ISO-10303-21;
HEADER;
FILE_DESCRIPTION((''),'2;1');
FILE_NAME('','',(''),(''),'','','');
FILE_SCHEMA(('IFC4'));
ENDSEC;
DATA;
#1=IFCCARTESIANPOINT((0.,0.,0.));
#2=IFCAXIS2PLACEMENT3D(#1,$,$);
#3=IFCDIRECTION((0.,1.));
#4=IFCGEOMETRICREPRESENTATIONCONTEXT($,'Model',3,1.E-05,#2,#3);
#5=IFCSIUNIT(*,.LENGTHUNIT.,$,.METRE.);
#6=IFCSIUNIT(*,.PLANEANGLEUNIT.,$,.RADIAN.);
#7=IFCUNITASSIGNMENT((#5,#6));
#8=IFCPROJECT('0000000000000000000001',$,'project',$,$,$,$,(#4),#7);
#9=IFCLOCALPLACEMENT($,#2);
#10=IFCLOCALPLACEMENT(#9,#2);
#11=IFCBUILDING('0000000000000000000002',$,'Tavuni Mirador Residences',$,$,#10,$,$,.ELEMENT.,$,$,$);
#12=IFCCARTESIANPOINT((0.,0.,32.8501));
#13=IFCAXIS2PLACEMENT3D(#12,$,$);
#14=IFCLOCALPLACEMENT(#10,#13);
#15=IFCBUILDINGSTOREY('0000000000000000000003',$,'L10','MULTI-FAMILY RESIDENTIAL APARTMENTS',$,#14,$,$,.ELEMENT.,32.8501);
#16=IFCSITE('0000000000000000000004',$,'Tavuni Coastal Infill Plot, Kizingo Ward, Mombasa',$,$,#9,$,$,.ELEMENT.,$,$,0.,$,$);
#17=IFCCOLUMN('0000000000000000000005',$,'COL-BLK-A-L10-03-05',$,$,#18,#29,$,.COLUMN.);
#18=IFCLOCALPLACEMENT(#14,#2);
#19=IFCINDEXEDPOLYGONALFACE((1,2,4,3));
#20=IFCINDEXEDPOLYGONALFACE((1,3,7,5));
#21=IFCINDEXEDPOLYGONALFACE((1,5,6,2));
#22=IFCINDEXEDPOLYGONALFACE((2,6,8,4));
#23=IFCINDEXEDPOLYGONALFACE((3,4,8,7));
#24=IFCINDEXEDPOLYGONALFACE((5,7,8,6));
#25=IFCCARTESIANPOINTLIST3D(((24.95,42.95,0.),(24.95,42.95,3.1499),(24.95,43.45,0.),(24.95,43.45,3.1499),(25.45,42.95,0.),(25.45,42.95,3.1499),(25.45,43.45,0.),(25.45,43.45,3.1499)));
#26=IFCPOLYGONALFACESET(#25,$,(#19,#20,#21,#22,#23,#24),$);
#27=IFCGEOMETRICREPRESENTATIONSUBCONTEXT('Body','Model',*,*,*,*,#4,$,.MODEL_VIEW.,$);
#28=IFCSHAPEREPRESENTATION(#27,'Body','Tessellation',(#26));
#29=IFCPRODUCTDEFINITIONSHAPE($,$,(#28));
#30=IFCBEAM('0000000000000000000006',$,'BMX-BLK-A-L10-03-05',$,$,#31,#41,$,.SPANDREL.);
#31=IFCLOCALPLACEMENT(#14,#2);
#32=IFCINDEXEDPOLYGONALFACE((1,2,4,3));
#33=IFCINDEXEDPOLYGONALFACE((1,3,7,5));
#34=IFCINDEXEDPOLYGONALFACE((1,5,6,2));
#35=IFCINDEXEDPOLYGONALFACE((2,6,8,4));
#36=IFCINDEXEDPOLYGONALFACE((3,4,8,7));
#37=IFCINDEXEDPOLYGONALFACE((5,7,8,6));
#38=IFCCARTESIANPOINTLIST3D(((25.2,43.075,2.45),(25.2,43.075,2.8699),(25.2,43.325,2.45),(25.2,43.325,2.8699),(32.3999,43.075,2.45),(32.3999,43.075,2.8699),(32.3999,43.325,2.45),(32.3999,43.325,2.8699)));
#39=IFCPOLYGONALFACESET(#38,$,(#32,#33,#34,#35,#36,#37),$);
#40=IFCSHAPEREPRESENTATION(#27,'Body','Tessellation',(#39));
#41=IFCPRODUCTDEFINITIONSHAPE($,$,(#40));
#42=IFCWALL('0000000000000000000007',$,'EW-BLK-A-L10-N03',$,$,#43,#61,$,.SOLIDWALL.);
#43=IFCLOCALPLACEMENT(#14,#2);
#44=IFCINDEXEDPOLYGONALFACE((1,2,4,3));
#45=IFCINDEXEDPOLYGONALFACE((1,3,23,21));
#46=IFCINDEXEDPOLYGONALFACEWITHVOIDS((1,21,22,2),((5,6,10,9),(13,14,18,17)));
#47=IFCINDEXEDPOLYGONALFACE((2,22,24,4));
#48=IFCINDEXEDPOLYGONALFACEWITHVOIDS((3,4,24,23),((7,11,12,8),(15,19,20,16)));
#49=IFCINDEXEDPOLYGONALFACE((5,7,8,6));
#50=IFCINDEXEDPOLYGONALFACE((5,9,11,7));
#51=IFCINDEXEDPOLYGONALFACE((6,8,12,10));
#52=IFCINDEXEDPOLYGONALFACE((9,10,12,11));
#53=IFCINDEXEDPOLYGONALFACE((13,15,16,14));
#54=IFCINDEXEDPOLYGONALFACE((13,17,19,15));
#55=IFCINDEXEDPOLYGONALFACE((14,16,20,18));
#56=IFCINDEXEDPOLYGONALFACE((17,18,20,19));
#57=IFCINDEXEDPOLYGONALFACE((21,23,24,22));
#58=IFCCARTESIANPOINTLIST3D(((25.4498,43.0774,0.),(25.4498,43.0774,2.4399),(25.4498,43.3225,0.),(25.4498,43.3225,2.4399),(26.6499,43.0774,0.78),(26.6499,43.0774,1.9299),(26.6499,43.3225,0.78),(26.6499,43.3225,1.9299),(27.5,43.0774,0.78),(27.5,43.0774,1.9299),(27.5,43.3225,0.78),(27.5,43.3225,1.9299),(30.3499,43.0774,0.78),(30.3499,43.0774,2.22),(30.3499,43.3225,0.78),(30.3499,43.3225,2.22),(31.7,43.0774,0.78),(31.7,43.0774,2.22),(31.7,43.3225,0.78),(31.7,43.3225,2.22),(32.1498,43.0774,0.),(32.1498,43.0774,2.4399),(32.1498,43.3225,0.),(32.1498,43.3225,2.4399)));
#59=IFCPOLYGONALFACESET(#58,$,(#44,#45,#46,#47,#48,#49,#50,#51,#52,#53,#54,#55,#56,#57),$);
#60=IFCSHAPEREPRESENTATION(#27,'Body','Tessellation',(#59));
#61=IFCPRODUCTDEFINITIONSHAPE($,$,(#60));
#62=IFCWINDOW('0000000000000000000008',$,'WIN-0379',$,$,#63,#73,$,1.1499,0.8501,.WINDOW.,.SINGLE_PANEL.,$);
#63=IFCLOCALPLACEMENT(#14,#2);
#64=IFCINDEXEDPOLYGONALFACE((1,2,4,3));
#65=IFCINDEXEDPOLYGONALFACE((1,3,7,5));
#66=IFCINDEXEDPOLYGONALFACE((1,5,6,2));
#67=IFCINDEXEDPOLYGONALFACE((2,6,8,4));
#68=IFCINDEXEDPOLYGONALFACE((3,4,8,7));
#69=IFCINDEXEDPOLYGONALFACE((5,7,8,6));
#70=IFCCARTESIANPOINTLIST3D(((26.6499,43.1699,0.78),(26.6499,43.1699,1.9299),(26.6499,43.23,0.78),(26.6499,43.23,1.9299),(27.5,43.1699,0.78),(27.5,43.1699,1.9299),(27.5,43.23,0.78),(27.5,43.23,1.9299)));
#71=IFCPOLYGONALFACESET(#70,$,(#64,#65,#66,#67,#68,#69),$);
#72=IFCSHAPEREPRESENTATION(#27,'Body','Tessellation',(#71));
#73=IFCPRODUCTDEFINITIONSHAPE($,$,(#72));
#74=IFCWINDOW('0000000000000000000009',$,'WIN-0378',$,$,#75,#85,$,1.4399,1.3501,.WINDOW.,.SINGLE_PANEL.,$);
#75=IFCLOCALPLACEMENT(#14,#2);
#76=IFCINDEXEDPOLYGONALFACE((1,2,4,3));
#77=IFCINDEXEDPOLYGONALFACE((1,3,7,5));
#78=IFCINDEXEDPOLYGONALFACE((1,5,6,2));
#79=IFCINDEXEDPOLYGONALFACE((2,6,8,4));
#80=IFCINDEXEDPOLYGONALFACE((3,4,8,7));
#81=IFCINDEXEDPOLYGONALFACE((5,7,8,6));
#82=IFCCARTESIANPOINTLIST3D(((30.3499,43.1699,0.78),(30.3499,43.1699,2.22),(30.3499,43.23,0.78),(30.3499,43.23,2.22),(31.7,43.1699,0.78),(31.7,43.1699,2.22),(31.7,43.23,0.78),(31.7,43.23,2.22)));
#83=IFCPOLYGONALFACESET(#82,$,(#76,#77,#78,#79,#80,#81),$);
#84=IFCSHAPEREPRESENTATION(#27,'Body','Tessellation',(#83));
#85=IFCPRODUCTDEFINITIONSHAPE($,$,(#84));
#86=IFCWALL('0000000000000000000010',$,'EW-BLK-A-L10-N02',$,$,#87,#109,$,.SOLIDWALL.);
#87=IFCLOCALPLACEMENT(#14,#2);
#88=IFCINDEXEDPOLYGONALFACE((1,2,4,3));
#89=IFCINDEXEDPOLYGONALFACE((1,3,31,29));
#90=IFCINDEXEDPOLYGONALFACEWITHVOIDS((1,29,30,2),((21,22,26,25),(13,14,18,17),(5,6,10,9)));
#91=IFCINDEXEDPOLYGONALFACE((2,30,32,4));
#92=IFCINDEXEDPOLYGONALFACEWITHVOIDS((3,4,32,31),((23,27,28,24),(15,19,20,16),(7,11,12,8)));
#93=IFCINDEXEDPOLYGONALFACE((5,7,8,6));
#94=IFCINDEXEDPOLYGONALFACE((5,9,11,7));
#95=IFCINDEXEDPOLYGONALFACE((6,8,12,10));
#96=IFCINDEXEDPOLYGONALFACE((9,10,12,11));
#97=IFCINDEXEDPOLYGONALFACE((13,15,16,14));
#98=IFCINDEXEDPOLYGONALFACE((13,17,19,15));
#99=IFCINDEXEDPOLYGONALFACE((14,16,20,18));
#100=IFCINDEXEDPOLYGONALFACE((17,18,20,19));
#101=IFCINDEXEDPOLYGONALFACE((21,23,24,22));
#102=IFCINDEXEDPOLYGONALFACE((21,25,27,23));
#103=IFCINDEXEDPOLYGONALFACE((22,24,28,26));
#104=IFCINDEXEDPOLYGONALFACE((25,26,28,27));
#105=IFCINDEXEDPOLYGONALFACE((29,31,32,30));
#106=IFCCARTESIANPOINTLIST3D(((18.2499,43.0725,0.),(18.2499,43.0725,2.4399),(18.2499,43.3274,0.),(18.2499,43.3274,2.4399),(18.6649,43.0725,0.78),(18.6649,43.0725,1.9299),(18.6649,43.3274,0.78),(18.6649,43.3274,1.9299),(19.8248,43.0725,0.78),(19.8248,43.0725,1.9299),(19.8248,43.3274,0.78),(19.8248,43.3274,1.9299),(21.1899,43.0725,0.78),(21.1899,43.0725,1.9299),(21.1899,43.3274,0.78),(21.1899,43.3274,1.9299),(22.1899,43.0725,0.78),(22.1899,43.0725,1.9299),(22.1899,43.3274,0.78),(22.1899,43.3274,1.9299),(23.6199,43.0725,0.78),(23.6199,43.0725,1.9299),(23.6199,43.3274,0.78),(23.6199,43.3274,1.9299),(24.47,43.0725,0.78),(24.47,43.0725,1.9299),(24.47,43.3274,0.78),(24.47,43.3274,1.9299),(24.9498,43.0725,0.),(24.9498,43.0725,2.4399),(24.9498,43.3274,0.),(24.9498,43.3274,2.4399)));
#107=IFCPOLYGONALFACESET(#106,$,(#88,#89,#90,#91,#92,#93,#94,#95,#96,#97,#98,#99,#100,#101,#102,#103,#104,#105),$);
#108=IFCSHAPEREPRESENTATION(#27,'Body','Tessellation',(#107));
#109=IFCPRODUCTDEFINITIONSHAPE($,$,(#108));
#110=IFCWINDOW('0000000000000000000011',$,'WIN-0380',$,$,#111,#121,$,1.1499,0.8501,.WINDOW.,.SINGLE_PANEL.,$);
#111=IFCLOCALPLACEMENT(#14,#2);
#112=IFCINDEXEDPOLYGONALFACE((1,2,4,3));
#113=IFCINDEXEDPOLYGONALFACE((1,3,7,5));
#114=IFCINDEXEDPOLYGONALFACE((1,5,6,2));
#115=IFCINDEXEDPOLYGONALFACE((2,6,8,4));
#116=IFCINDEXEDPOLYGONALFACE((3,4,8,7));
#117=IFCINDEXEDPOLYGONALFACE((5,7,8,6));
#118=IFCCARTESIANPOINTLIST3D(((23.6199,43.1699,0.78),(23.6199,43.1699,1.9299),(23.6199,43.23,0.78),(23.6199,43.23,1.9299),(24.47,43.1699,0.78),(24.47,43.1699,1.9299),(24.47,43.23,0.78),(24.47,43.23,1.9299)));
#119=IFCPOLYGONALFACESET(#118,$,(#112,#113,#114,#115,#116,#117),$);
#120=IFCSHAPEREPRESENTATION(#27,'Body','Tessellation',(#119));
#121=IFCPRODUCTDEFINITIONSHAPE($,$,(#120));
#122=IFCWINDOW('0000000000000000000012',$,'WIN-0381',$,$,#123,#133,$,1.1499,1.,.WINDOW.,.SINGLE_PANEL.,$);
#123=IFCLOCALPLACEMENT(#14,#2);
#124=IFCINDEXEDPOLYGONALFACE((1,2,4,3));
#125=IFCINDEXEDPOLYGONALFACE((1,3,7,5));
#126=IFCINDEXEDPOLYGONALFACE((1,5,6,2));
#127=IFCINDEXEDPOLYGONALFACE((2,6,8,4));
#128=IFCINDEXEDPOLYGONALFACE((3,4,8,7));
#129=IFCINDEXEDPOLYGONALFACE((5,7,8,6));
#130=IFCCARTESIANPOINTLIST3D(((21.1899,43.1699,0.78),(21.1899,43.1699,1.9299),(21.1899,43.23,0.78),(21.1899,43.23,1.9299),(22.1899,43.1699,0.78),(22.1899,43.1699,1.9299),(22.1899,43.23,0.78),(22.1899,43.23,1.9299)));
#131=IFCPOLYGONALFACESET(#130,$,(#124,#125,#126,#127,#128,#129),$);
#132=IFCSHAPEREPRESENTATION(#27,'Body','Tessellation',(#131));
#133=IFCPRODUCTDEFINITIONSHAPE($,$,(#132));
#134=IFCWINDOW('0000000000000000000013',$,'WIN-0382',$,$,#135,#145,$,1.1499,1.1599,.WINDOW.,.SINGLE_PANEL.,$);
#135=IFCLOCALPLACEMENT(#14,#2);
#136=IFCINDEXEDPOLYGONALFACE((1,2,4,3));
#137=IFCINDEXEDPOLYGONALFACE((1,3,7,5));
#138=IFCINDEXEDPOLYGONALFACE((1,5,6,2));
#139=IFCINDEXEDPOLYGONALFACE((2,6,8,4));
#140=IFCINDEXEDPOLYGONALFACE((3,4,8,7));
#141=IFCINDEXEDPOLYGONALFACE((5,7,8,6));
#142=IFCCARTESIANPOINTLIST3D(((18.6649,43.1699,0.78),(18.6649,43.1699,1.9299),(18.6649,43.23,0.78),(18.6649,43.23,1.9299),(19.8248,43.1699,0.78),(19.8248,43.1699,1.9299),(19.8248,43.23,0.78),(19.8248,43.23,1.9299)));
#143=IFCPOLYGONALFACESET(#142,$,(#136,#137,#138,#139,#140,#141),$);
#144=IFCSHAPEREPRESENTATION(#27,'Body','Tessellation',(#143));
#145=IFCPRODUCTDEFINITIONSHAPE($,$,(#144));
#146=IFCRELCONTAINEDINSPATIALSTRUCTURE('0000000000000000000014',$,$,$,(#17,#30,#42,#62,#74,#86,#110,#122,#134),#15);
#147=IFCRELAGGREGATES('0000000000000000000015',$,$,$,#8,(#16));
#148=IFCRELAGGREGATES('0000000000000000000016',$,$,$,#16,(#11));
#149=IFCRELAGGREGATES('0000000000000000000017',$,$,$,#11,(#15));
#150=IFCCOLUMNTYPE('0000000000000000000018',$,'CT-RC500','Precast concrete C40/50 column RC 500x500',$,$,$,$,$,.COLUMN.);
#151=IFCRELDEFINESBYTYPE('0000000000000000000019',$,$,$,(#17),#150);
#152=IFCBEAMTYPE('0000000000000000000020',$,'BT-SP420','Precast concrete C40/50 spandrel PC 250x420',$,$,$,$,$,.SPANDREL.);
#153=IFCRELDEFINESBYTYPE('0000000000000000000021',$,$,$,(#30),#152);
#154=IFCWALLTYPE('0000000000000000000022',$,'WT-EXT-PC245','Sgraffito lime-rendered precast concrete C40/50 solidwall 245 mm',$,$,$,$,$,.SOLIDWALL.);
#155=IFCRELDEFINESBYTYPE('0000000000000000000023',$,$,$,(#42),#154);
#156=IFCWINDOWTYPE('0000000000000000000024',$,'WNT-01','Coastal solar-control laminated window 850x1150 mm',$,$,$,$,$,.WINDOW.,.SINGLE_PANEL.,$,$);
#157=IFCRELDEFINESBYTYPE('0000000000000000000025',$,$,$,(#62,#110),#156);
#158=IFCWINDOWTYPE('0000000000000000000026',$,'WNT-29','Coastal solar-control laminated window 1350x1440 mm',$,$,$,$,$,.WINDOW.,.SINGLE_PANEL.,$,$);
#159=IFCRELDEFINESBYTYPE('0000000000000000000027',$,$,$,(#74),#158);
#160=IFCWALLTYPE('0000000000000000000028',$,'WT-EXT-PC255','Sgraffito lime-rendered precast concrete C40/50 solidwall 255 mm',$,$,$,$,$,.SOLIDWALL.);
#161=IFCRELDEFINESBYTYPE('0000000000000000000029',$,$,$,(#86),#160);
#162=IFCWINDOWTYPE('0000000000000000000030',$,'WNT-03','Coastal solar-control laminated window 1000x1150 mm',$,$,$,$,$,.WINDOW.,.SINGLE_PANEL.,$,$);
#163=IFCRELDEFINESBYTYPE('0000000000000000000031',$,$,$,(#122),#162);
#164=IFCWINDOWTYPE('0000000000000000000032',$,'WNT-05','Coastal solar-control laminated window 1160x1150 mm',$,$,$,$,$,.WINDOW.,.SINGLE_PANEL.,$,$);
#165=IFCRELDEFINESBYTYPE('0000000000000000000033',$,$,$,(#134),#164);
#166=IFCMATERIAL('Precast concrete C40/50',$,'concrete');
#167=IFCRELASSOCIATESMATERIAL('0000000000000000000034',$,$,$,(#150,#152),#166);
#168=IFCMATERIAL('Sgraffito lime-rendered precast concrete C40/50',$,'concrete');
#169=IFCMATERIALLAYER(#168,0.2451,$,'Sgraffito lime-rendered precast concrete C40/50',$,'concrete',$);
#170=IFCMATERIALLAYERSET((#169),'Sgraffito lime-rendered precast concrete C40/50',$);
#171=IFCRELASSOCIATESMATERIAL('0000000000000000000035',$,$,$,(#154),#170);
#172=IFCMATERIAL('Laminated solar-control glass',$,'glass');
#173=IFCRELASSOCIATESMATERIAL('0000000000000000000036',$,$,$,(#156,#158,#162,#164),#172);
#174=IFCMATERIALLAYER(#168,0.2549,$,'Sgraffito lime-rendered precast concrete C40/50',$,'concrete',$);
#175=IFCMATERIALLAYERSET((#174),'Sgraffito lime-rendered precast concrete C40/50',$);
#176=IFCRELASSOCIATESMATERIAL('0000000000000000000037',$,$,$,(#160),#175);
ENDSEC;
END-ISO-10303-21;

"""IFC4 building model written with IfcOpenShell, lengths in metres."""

from ifc_helpers import new_model, si_unit, direction, frame, frame_2d, origin, origin_2d, place, context, subcontext, project, spatial, rectangle, extrude, material, layer, layer_set, material_profile, profile_set, type_object, element, fill, save


model = new_model("IFC4")

# Units and contexts
model_context = context("Model", 3, precision=1e-05, world=origin(), true_north=direction((0.0, 1.0)))
body_context = subcontext(model_context, "Body", "Model", "MODEL_VIEW")
ifc_project = project(units=[si_unit("LENGTHUNIT", "METRE"), si_unit("PLANEANGLEUNIT", "RADIAN")], contexts=[model_context])

# Site, building, storey
site_placement = place(None, origin())
site = spatial("IfcSite", under=ifc_project, at=site_placement, Name="Tavuni Coastal Infill Plot, Kizingo Ward, Mombasa", CompositionType="ELEMENT", RefElevation=0.0)
building_placement = place(site_placement, origin())
building = spatial("IfcBuilding", under=site, at=building_placement, Name="Tavuni Mirador Residences", CompositionType="ELEMENT")
storey_placement = place(building_placement, frame((0.0, 0.0, 32.8501)))
storey = spatial("IfcBuildingStorey", under=building, at=storey_placement, Name="L10", Description="MULTI-FAMILY RESIDENTIAL APARTMENTS", CompositionType="ELEMENT", Elevation=32.8501)

# Column
ifc_material_1 = material(Name="Precast concrete C40/50", Category="concrete")
ifc_material_profile_1 = material_profile(ifc_material_1, rectangle(XDim=0.5, YDim=0.5, at=origin_2d()), Name="RC 500x500", Category="concrete")
ifc_profile_set_1 = profile_set([ifc_material_profile_1], Name="Precast concrete C40/50")
column_type = type_object("IfcColumnType", Name="CT-RC500", Description="Precast concrete C40/50 column RC 500x500", PredefinedType="COLUMN", material=ifc_profile_set_1)
column_placement = place(storey_placement, frame((25.2, 43.2, 0.0), z_axis=(0.0, 0.0, 1.0), x_axis=(1.0, 0.0, 0.0)))
element("IfcColumn", 1, at=column_placement, inside=storey, type_object=column_type, Name="COL-BLK-A-L10-03-05", PredefinedType="COLUMN", context=body_context, shape_type="SweptSolid", body=[
    extrude(rectangle(XDim=0.5, YDim=0.5, at=origin_2d()), origin(), (0.0, 0.0, 1.0), 3.1499),
])

# Beam
ifc_material_profile_2 = material_profile(ifc_material_1, rectangle(XDim=0.25, YDim=0.4199, at=origin_2d()), Name="PC 250x420", Category="concrete")
ifc_profile_set_2 = profile_set([ifc_material_profile_2], Name="Precast concrete C40/50")
beam_type = type_object("IfcBeamType", Name="BT-SP420", Description="Precast concrete C40/50 spandrel PC 250x420", PredefinedType="SPANDREL", material=ifc_profile_set_2)
beam_placement = place(storey_placement, frame((25.2, 43.2, 2.6599), z_axis=(1.0, 0.0, 0.0), x_axis=(0.0, 1.0, 0.0)))
element("IfcBeam", 2, at=beam_placement, inside=storey, type_object=beam_type, Name="BMX-BLK-A-L10-03-05", PredefinedType="SPANDREL", context=body_context, shape_type="SweptSolid", body=[
    extrude(rectangle(XDim=0.25, YDim=0.4199, at=origin_2d()), origin(), (0.0, 0.0, 1.0), 7.2),
])

# Walls, openings, windows
ifc_material_2 = material(Name="Sgraffito lime-rendered precast concrete C40/50", Category="concrete")
ifc_layer_1 = layer(ifc_material_2, 0.2451, Name="Sgraffito lime-rendered precast concrete C40/50", Category="concrete")
ifc_layer_set_1 = layer_set([ifc_layer_1], Name="Sgraffito lime-rendered precast concrete C40/50")
wall_type_1 = type_object("IfcWallType", Name="WT-EXT-PC245", Description="Sgraffito lime-rendered precast concrete C40/50 solidwall 245 mm", PredefinedType="SOLIDWALL", material=ifc_layer_set_1)
wall_1_placement = place(storey_placement, frame((32.1499, 43.2, 0.0), z_axis=(0.0, 0.0, 1.0), x_axis=(-1.0, 0.0, 0.0)))
wall_1 = element("IfcWall", 3, at=wall_1_placement, inside=storey, type_object=wall_type_1, Name="EW-BLK-A-L10-N03", PredefinedType="SOLIDWALL", context=body_context, shape_type="SweptSolid", body=[
    extrude(rectangle(XDim=6.7, YDim=0.2451, at=frame_2d((3.3501, 0.0))), origin(), (0.0, 0.0, 1.0), 2.4399),
])
opening_1_placement = place(wall_1_placement, frame((0.45, 0.0, 0.78)))
opening_1 = element("IfcOpeningElement", 4, at=opening_1_placement, cuts=wall_1, PredefinedType="OPENING", context=body_context, shape_type="SweptSolid", body=[
    extrude(rectangle(XDim=1.3501, YDim=1.4399, at=frame_2d((0.675, 0.72))), frame((0.0, 0.1326, 0.0), z_axis=(0.0, -1.0, 0.0), x_axis=(1.0, 0.0, 0.0)), (0.0, 0.0, 1.0), 0.2651),
])
opening_2_placement = place(wall_1_placement, frame((4.6499, 0.0, 0.78)))
opening_2 = element("IfcOpeningElement", 5, at=opening_2_placement, cuts=wall_1, PredefinedType="OPENING", context=body_context, shape_type="SweptSolid", body=[
    extrude(rectangle(XDim=0.8501, YDim=1.1499, at=frame_2d((0.425, 0.575))), frame((0.0, 0.1326, 0.0), z_axis=(0.0, -1.0, 0.0), x_axis=(1.0, 0.0, 0.0)), (0.0, 0.0, 1.0), 0.2651),
])
ifc_material_3 = material(Name="Laminated solar-control glass", Category="glass")
window_type_1 = type_object("IfcWindowType", Name="WNT-01", Description="Coastal solar-control laminated window 850x1150 mm", PartitioningType="SINGLE_PANEL", PredefinedType="WINDOW", material=ifc_material_3)
window_1_placement = place(opening_2_placement, origin())
window_1 = element("IfcWindow", 6, at=window_1_placement, inside=storey, type_object=window_type_1, Name="WIN-0379", OverallHeight=1.1499, OverallWidth=0.8501, PartitioningType="SINGLE_PANEL", PredefinedType="WINDOW", context=body_context, shape_type="SweptSolid", body=[
    extrude(rectangle(XDim=0.8501, YDim=1.1499, at=frame_2d((0.425, 0.575))), frame((0.0, 0.03, 0.0), z_axis=(0.0, -1.0, 0.0), x_axis=(1.0, 0.0, 0.0)), (0.0, 0.0, 1.0), 0.0601),
])
fill(opening_2, window_1)
window_type_2 = type_object("IfcWindowType", Name="WNT-29", Description="Coastal solar-control laminated window 1350x1440 mm", PartitioningType="SINGLE_PANEL", PredefinedType="WINDOW", material=ifc_material_3)
window_2_placement = place(opening_1_placement, origin())
window_2 = element("IfcWindow", 7, at=window_2_placement, inside=storey, type_object=window_type_2, Name="WIN-0378", OverallHeight=1.4399, OverallWidth=1.3501, PartitioningType="SINGLE_PANEL", PredefinedType="WINDOW", context=body_context, shape_type="SweptSolid", body=[
    extrude(rectangle(XDim=1.3501, YDim=1.4399, at=frame_2d((0.675, 0.72))), frame((0.0, 0.03, 0.0), z_axis=(0.0, -1.0, 0.0), x_axis=(1.0, 0.0, 0.0)), (0.0, 0.0, 1.0), 0.0601),
])
fill(opening_1, window_2)
ifc_layer_2 = layer(ifc_material_2, 0.2549, Name="Sgraffito lime-rendered precast concrete C40/50", Category="concrete")
ifc_layer_set_2 = layer_set([ifc_layer_2], Name="Sgraffito lime-rendered precast concrete C40/50")
wall_type_2 = type_object("IfcWallType", Name="WT-EXT-PC255", Description="Sgraffito lime-rendered precast concrete C40/50 solidwall 255 mm", PredefinedType="SOLIDWALL", material=ifc_layer_set_2)
wall_2_placement = place(storey_placement, frame((24.95, 43.2, 0.0), z_axis=(0.0, 0.0, 1.0), x_axis=(-1.0, 0.0, 0.0)))
wall_2 = element("IfcWall", 8, at=wall_2_placement, inside=storey, type_object=wall_type_2, Name="EW-BLK-A-L10-N02", PredefinedType="SOLIDWALL", context=body_context, shape_type="SweptSolid", body=[
    extrude(rectangle(XDim=6.7, YDim=0.2549, at=frame_2d((3.3501, 0.0))), origin(), (0.0, 0.0, 1.0), 2.4399),
])
opening_3_placement = place(wall_2_placement, frame((0.48, 0.0, 0.78)))
opening_3 = element("IfcOpeningElement", 9, at=opening_3_placement, cuts=wall_2, PredefinedType="OPENING", context=body_context, shape_type="SweptSolid", body=[
    extrude(rectangle(XDim=0.8501, YDim=1.1499, at=frame_2d((0.425, 0.575))), frame((0.0, 0.1375, 0.0), z_axis=(0.0, -1.0, 0.0), x_axis=(1.0, 0.0, 0.0)), (0.0, 0.0, 1.0), 0.2749),
])
opening_4_placement = place(wall_2_placement, frame((2.76, 0.0, 0.78)))
opening_4 = element("IfcOpeningElement", 10, at=opening_4_placement, cuts=wall_2, PredefinedType="OPENING", context=body_context, shape_type="SweptSolid", body=[
    extrude(rectangle(XDim=1.0, YDim=1.1499, at=frame_2d((0.5, 0.575))), frame((0.0, 0.1375, 0.0), z_axis=(0.0, -1.0, 0.0), x_axis=(1.0, 0.0, 0.0)), (0.0, 0.0, 1.0), 0.2749),
])
opening_5_placement = place(wall_2_placement, frame((5.125, 0.0, 0.78)))
opening_5 = element("IfcOpeningElement", 11, at=opening_5_placement, cuts=wall_2, PredefinedType="OPENING", context=body_context, shape_type="SweptSolid", body=[
    extrude(rectangle(XDim=1.1599, YDim=1.1499, at=frame_2d((0.5801, 0.575))), frame((0.0, 0.1375, 0.0), z_axis=(0.0, -1.0, 0.0), x_axis=(1.0, 0.0, 0.0)), (0.0, 0.0, 1.0), 0.2749),
])
window_3_placement = place(opening_3_placement, origin())
window_3 = element("IfcWindow", 12, at=window_3_placement, inside=storey, type_object=window_type_1, Name="WIN-0380", OverallHeight=1.1499, OverallWidth=0.8501, PartitioningType="SINGLE_PANEL", PredefinedType="WINDOW", context=body_context, shape_type="SweptSolid", body=[
    extrude(rectangle(XDim=0.8501, YDim=1.1499, at=frame_2d((0.425, 0.575))), frame((0.0, 0.03, 0.0), z_axis=(0.0, -1.0, 0.0), x_axis=(1.0, 0.0, 0.0)), (0.0, 0.0, 1.0), 0.0601),
])
fill(opening_3, window_3)
window_type_3 = type_object("IfcWindowType", Name="WNT-03", Description="Coastal solar-control laminated window 1000x1150 mm", PartitioningType="SINGLE_PANEL", PredefinedType="WINDOW", material=ifc_material_3)
window_4_placement = place(opening_4_placement, origin())
window_4 = element("IfcWindow", 13, at=window_4_placement, inside=storey, type_object=window_type_3, Name="WIN-0381", OverallHeight=1.1499, OverallWidth=1.0, PartitioningType="SINGLE_PANEL", PredefinedType="WINDOW", context=body_context, shape_type="SweptSolid", body=[
    extrude(rectangle(XDim=1.0, YDim=1.1499, at=frame_2d((0.5, 0.575))), frame((0.0, 0.03, 0.0), z_axis=(0.0, -1.0, 0.0), x_axis=(1.0, 0.0, 0.0)), (0.0, 0.0, 1.0), 0.0601),
])
fill(opening_4, window_4)
window_type_4 = type_object("IfcWindowType", Name="WNT-05", Description="Coastal solar-control laminated window 1160x1150 mm", PartitioningType="SINGLE_PANEL", PredefinedType="WINDOW", material=ifc_material_3)
window_5_placement = place(opening_5_placement, origin())
window_5 = element("IfcWindow", 14, at=window_5_placement, inside=storey, type_object=window_type_4, Name="WIN-0382", OverallHeight=1.1499, OverallWidth=1.1599, PartitioningType="SINGLE_PANEL", PredefinedType="WINDOW", context=body_context, shape_type="SweptSolid", body=[
    extrude(rectangle(XDim=1.1599, YDim=1.1499, at=frame_2d((0.5801, 0.575))), frame((0.0, 0.03, 0.0), z_axis=(0.0, -1.0, 0.0), x_axis=(1.0, 0.0, 0.0)), (0.0, 0.0, 1.0), 0.0601),
])
fill(opening_5, window_5)

save(model, "model.ifc")
